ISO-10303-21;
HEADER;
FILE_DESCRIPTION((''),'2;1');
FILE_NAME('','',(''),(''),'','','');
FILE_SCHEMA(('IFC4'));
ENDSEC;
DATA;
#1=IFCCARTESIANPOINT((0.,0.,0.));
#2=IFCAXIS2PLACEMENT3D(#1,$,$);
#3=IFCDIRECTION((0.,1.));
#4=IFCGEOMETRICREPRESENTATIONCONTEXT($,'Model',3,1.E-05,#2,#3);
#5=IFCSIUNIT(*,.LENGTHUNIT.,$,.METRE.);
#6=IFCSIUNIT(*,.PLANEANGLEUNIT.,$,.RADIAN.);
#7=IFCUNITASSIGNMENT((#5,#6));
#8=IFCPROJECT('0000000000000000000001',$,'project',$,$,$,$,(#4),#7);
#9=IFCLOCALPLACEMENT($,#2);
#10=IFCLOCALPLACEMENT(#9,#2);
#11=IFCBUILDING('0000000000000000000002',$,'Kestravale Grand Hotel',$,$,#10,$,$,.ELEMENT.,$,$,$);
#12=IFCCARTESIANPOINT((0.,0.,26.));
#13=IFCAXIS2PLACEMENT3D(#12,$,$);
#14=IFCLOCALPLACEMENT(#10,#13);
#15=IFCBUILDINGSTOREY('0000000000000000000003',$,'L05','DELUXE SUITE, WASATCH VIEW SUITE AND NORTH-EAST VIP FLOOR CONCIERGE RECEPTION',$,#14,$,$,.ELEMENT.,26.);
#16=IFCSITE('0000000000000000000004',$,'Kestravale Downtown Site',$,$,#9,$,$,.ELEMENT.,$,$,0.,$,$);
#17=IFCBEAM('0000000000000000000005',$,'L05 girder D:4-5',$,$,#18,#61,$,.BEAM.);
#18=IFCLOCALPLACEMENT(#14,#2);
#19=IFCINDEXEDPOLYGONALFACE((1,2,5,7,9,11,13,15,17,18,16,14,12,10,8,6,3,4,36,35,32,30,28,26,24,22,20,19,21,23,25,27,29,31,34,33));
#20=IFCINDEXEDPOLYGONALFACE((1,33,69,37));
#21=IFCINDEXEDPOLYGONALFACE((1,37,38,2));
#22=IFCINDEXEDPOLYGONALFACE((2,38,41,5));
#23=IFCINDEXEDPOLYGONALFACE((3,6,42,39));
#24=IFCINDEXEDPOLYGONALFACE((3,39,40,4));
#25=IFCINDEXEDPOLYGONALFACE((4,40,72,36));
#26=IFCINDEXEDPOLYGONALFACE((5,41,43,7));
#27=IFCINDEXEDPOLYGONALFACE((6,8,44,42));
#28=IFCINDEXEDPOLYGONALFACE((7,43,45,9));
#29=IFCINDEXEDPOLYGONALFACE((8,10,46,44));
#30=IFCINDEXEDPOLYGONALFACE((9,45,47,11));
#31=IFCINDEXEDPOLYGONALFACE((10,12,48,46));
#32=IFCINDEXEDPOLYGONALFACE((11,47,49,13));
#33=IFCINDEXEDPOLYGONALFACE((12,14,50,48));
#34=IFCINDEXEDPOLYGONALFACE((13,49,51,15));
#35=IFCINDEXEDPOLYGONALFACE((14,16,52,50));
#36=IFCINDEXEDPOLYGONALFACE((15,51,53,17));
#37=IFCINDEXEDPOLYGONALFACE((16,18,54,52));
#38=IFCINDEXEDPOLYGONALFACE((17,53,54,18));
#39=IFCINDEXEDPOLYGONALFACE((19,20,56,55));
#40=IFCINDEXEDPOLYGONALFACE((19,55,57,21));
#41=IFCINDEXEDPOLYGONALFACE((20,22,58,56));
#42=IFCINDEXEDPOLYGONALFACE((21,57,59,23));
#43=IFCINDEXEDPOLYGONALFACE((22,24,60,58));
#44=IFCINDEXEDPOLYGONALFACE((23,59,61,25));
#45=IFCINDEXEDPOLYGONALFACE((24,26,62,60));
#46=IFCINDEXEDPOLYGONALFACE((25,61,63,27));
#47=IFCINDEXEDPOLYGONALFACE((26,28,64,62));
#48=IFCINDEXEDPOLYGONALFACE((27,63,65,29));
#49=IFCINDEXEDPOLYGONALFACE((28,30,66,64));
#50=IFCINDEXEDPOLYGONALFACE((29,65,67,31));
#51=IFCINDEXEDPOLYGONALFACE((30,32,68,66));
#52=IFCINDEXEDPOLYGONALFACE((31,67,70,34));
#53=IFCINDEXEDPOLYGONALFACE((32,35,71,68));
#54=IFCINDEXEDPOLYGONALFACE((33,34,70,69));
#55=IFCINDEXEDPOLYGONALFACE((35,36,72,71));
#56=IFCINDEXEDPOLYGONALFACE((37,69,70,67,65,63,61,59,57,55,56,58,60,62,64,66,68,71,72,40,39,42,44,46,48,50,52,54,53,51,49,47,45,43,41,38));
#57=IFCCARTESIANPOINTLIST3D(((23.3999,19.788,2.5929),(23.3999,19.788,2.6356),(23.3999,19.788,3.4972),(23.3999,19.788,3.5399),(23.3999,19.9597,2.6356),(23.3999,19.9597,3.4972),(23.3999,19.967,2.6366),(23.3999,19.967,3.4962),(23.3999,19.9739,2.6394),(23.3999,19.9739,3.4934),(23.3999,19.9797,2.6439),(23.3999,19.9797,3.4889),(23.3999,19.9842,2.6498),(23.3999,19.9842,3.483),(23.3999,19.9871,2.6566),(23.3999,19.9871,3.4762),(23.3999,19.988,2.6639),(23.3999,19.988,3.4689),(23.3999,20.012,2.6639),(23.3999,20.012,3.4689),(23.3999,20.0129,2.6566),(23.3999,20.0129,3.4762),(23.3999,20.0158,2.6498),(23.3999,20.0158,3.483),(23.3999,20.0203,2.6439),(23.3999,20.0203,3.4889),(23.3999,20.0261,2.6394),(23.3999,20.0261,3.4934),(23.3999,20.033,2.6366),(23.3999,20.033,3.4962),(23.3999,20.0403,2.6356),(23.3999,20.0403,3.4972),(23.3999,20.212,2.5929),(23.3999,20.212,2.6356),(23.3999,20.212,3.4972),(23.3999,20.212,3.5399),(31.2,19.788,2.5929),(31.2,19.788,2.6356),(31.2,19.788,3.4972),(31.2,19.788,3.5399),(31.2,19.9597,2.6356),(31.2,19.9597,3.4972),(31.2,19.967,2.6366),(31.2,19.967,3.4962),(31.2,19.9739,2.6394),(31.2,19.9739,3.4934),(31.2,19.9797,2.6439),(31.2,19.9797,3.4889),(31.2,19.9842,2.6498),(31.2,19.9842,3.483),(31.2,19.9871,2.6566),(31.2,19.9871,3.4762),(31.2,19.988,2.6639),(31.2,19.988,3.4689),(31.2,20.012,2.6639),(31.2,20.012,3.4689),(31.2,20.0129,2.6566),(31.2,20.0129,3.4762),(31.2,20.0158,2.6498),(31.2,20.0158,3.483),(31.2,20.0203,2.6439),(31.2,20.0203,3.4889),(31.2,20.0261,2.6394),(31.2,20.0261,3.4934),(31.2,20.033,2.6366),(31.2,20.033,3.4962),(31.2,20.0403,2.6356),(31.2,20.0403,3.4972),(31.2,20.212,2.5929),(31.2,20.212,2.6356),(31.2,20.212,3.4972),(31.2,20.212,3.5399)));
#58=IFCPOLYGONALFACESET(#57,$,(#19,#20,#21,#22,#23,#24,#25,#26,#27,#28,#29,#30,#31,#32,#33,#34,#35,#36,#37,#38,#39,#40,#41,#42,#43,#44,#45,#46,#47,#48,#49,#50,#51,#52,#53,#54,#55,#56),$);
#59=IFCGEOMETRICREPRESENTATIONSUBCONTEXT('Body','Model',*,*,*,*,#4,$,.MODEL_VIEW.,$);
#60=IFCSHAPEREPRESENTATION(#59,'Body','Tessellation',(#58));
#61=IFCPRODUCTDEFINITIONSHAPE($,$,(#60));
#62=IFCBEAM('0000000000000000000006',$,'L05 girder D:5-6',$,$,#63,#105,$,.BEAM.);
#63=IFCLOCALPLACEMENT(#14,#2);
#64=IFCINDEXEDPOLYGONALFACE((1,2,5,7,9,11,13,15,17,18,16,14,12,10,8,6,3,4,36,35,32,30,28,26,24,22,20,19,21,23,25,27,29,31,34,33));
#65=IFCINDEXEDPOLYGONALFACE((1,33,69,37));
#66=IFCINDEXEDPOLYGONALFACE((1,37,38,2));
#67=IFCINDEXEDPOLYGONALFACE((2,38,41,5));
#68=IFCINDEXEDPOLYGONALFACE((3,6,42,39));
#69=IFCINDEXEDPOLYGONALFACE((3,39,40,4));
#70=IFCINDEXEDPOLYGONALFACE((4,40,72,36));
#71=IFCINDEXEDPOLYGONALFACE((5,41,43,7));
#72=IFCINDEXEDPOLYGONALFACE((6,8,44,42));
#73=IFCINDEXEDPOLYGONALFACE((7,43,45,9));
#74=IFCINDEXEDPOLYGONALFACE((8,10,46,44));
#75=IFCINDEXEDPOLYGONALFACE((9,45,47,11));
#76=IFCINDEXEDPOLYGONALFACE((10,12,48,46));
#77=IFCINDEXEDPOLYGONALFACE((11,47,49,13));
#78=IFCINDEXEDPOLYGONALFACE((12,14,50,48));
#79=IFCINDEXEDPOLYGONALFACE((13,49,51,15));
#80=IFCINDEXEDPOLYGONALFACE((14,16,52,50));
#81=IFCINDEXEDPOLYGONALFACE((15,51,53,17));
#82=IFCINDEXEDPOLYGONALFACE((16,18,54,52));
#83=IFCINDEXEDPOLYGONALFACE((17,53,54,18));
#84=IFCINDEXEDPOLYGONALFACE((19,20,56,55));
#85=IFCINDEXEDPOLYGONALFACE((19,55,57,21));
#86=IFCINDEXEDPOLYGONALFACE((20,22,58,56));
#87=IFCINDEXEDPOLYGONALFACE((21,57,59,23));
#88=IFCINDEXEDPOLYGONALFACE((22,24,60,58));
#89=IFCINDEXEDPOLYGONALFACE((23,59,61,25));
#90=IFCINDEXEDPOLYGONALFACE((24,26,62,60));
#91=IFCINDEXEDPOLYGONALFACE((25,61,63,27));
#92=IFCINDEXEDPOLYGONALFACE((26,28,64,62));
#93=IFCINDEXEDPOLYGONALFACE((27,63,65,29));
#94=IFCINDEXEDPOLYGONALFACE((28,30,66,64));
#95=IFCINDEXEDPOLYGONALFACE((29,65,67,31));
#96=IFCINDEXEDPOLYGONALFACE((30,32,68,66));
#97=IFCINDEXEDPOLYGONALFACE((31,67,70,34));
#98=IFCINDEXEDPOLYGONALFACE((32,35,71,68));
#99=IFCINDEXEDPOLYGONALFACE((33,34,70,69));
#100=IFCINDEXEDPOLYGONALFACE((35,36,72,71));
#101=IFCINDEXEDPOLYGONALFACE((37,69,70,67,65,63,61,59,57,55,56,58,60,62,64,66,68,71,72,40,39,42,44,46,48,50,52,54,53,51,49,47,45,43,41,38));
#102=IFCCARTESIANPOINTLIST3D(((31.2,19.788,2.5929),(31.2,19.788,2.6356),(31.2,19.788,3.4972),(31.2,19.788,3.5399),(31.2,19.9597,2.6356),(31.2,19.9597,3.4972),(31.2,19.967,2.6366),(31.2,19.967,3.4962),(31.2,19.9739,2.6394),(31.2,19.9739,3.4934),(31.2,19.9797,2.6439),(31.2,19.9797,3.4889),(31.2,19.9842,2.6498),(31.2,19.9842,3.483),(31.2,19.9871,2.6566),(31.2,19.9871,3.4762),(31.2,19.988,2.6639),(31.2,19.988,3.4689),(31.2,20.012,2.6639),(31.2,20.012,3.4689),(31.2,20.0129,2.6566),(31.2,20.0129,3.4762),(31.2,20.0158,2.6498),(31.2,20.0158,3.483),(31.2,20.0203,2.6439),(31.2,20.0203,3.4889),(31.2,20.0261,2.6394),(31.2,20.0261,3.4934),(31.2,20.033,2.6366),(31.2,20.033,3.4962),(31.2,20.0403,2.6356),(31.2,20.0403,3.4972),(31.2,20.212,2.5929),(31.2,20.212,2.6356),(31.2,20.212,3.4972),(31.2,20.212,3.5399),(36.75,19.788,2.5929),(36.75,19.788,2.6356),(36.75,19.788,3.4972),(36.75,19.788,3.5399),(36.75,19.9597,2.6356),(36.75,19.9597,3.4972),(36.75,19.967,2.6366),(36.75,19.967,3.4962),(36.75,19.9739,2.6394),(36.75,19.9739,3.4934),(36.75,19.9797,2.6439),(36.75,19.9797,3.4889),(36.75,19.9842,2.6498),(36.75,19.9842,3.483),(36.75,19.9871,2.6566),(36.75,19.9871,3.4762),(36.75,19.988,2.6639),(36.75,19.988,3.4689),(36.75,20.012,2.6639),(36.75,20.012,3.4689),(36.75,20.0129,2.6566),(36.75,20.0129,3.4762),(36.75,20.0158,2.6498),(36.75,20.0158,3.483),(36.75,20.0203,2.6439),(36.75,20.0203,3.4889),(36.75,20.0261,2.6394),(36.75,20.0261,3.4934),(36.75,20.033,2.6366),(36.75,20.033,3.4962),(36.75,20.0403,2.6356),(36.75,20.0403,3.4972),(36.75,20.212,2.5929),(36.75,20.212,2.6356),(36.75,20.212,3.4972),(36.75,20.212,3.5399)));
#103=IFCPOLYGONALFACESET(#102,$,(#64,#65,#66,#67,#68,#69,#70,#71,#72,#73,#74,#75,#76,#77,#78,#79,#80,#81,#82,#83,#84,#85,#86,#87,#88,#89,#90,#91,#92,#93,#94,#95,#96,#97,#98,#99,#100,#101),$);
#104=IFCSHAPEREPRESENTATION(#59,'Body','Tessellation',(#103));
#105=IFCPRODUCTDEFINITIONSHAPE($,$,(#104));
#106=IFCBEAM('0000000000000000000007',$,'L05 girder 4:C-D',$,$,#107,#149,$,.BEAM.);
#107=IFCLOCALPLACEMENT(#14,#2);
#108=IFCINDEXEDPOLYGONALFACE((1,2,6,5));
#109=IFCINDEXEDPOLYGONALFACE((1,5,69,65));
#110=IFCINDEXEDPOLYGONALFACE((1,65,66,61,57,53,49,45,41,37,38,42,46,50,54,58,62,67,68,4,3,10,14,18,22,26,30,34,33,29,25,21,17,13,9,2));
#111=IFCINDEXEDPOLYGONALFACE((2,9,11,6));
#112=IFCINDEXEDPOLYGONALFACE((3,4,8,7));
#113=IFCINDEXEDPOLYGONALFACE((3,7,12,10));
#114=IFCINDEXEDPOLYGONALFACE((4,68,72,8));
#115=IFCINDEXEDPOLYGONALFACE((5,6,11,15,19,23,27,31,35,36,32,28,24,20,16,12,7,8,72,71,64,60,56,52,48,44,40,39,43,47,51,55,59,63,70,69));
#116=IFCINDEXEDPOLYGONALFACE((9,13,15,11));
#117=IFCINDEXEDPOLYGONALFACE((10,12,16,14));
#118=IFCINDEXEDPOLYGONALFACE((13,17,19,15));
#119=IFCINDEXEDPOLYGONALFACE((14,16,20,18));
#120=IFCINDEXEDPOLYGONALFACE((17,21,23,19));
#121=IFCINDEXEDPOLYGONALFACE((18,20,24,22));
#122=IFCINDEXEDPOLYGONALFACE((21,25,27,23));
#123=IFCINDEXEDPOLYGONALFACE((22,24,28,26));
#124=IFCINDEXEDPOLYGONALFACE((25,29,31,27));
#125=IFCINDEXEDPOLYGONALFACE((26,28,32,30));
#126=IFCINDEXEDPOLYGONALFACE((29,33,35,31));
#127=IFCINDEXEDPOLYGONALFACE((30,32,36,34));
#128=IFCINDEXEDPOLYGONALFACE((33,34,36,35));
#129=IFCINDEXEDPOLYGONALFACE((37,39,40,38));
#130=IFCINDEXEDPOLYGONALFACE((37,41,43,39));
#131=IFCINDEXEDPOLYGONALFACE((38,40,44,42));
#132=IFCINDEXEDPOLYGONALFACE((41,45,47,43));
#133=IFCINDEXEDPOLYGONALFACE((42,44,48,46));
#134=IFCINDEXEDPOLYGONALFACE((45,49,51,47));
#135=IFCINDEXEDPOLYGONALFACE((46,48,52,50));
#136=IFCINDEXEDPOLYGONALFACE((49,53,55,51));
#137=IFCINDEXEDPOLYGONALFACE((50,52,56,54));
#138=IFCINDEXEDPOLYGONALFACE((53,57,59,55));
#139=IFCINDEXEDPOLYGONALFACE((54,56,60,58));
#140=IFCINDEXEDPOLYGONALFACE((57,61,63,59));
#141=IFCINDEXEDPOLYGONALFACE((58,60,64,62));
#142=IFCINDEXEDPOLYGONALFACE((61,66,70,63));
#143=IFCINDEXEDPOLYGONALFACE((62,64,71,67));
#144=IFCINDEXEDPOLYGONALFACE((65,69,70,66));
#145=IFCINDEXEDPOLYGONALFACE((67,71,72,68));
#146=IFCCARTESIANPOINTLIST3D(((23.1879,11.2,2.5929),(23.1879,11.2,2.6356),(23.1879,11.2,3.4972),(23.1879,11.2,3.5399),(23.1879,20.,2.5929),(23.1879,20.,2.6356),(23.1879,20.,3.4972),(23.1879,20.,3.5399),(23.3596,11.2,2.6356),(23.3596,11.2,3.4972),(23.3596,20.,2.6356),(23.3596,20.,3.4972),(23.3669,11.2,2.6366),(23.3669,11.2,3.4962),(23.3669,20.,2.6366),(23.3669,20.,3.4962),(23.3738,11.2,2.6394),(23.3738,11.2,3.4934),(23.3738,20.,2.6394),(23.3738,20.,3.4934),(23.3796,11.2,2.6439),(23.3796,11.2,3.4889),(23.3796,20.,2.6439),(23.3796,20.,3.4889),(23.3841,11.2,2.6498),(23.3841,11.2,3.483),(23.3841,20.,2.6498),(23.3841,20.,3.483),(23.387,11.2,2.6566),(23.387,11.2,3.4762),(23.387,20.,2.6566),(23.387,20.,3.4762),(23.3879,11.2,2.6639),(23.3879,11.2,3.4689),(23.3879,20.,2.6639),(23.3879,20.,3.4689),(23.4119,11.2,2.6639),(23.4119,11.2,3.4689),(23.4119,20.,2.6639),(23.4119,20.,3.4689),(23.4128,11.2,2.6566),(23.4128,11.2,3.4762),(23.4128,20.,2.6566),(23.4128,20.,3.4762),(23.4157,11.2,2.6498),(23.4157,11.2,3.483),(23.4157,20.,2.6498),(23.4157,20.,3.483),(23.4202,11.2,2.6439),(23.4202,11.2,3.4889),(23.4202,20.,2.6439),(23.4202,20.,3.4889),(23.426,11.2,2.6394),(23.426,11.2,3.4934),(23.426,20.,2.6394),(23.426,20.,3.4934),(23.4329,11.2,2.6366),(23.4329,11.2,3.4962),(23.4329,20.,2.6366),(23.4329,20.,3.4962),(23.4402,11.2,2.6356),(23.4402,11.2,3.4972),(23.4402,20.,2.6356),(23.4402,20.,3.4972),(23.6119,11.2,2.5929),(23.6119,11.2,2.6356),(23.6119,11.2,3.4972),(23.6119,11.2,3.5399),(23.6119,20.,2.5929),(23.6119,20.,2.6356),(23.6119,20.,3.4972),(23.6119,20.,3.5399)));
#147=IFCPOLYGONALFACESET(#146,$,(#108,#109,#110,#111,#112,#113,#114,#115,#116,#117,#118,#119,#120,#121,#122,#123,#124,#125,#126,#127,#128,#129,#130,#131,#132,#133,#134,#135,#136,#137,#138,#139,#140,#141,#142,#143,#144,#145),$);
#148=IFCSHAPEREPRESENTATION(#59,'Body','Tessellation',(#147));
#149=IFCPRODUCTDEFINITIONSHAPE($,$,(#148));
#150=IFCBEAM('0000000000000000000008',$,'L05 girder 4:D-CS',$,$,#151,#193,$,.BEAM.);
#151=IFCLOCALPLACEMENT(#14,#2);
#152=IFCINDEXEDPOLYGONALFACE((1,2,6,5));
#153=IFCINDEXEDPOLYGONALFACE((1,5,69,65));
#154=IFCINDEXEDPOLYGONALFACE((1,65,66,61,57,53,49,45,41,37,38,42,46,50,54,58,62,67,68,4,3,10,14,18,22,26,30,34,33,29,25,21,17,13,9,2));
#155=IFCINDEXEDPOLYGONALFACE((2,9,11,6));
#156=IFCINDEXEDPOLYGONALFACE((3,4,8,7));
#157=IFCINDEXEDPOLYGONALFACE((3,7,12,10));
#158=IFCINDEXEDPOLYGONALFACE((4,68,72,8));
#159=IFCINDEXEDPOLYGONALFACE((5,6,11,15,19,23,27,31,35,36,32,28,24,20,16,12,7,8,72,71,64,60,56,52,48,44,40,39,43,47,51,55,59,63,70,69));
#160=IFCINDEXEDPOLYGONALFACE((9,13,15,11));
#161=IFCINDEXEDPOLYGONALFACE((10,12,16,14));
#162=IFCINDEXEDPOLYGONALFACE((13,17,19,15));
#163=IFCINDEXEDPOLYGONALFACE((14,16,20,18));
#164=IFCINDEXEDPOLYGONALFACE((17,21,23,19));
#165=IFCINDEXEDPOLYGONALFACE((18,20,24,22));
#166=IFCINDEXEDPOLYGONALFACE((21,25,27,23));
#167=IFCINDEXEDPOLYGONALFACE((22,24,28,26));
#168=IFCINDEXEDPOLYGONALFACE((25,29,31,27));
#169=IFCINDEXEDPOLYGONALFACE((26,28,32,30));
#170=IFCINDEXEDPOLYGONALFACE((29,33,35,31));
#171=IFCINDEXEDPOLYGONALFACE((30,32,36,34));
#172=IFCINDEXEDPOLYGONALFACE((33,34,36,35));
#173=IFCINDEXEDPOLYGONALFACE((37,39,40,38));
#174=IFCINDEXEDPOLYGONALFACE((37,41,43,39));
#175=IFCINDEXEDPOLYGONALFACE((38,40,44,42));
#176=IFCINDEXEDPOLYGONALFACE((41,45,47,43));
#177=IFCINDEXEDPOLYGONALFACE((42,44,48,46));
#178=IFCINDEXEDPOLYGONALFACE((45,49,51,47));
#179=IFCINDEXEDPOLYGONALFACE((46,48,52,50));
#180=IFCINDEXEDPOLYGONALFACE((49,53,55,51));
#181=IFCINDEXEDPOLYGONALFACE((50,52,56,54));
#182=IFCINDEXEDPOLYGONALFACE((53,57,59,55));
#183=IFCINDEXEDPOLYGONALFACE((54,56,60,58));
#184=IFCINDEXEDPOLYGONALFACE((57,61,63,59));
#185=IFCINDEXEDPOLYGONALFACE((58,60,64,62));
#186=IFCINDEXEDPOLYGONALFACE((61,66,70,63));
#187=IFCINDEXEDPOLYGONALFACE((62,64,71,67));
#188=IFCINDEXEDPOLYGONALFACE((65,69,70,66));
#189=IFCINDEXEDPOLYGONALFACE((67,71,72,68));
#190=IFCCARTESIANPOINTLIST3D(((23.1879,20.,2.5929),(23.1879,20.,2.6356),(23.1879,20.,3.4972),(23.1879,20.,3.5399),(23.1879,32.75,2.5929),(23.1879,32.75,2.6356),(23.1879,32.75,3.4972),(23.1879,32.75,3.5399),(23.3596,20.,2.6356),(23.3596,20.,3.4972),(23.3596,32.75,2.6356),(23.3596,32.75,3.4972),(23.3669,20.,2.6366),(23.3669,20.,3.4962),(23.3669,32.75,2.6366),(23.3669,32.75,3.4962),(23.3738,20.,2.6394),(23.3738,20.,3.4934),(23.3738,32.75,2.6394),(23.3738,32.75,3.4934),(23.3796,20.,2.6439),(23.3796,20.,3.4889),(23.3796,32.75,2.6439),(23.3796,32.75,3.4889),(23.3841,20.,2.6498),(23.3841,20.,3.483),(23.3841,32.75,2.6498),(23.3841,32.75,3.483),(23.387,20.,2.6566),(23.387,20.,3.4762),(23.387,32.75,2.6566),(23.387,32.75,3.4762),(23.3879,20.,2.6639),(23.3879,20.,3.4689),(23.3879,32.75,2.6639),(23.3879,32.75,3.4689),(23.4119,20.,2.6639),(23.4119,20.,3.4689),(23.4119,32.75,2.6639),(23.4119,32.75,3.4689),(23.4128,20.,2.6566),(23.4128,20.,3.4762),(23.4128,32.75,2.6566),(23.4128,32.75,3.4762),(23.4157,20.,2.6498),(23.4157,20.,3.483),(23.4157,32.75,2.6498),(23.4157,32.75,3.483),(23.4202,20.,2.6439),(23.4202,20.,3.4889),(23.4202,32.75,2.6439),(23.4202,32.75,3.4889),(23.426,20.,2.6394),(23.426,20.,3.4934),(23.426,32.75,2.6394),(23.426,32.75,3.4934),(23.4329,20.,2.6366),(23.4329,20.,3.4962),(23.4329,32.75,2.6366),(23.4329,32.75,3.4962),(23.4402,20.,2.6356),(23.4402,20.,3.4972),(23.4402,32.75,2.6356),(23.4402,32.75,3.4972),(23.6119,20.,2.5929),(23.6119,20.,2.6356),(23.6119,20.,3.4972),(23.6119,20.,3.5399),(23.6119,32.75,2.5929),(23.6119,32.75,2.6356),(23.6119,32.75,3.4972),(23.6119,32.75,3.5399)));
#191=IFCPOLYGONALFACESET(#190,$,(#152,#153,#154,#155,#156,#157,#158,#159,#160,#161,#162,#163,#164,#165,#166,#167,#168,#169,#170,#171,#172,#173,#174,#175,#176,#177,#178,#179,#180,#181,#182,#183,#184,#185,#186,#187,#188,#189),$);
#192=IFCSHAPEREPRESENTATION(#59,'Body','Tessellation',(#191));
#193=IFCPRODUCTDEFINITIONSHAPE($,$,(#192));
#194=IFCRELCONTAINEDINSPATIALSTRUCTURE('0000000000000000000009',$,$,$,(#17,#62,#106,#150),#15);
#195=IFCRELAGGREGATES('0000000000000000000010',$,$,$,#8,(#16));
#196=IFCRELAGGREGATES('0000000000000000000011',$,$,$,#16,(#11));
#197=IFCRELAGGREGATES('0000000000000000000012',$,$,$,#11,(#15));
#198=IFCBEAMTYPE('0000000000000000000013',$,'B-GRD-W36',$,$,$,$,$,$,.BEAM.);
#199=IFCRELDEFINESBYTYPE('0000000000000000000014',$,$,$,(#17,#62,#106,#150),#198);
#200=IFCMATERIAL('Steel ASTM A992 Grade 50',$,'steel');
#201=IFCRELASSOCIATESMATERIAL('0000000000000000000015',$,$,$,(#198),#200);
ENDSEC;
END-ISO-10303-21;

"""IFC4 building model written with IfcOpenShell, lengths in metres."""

from ifc_helpers import new_model, si_unit, direction, frame, origin, origin_2d, place, context, subcontext, project, spatial, i_section, extrude, material, material_profile, profile_set, type_object, element, save


model = new_model("IFC4")

# Units and contexts
model_context = context("Model", 3, precision=1e-05, world=origin(), true_north=direction((0.0, 1.0)))
body_context = subcontext(model_context, "Body", "Model", "MODEL_VIEW")
ifc_project = project(units=[si_unit("LENGTHUNIT", "METRE"), si_unit("PLANEANGLEUNIT", "RADIAN")], contexts=[model_context])

# Site, building, storey
site_placement = place(None, origin())
site = spatial("IfcSite", under=ifc_project, at=site_placement, Name="Kestravale Downtown Site", CompositionType="ELEMENT", RefElevation=0.0)
building_placement = place(site_placement, origin())
building = spatial("IfcBuilding", under=site, at=building_placement, Name="Kestravale Grand Hotel", CompositionType="ELEMENT")
storey_placement = place(building_placement, frame((0.0, 0.0, 26.0)))
storey = spatial("IfcBuildingStorey", under=building, at=storey_placement, Name="L05", Description="DELUXE SUITE, WASATCH VIEW SUITE AND NORTH-EAST VIP FLOOR CONCIERGE RECEPTION", CompositionType="ELEMENT", Elevation=26.0)

# Beams
ifc_material_1 = material(Name="Steel ASTM A992 Grade 50", Category="steel")
ifc_material_profile_1 = material_profile(ifc_material_1, i_section(OverallWidth=0.4241, OverallDepth=0.947, WebThickness=0.0239, FlangeThickness=0.0427, FilletRadius=0.0283, at=origin_2d()))
ifc_profile_set_1 = profile_set([ifc_material_profile_1], Name="Steel ASTM A992 Grade 50")
beam_type_1 = type_object("IfcBeamType", Name="B-GRD-W36", PredefinedType="BEAM", material=ifc_profile_set_1)
for number, where, z_axis, x_axis, name in (
    (1, (23.3999, 20.0, 3.0664), (1.0, 0.0, 0.0), (0.0, 1.0, 0.0), "L05 girder D:4-5"),
):
    element("IfcBeam", number, at=place(storey_placement, frame(where, z_axis=z_axis, x_axis=x_axis)), inside=storey, type_object=beam_type_1, Name=name, PredefinedType="BEAM", context=body_context, shape_type="SweptSolid", body=[
        extrude(i_section(OverallWidth=0.4241, OverallDepth=0.947, WebThickness=0.0239, FlangeThickness=0.0427, FilletRadius=0.0283, at=origin_2d()), origin(), (0.0, 0.0, 1.0), 7.8),
    ])
beam_1_placement = place(storey_placement, frame((31.2, 20.0, 3.0664), z_axis=(1.0, 0.0, 0.0), x_axis=(0.0, 1.0, 0.0)))
element("IfcBeam", 2, at=beam_1_placement, inside=storey, type_object=beam_type_1, Name="L05 girder D:5-6", PredefinedType="BEAM", context=body_context, shape_type="SweptSolid", body=[
    extrude(i_section(OverallWidth=0.4241, OverallDepth=0.947, WebThickness=0.0239, FlangeThickness=0.0427, FilletRadius=0.0283, at=origin_2d()), origin(), (0.0, 0.0, 1.0), 5.55),
])
beam_2_placement = place(storey_placement, frame((23.3999, 11.2, 3.0664), z_axis=(0.0, 1.0, 0.0), x_axis=(-1.0, 0.0, 0.0)))
element("IfcBeam", 3, at=beam_2_placement, inside=storey, type_object=beam_type_1, Name="L05 girder 4:C-D", PredefinedType="BEAM", context=body_context, shape_type="SweptSolid", body=[
    extrude(i_section(OverallWidth=0.4241, OverallDepth=0.947, WebThickness=0.0239, FlangeThickness=0.0427, FilletRadius=0.0283, at=origin_2d()), origin(), (0.0, 0.0, 1.0), 8.8),
])
beam_3_placement = place(storey_placement, frame((23.3999, 20.0, 3.0664), z_axis=(0.0, 1.0, 0.0), x_axis=(-1.0, 0.0, 0.0)))
element("IfcBeam", 4, at=beam_3_placement, inside=storey, type_object=beam_type_1, Name="L05 girder 4:D-CS", PredefinedType="BEAM", context=body_context, shape_type="SweptSolid", body=[
    extrude(i_section(OverallWidth=0.4241, OverallDepth=0.947, WebThickness=0.0239, FlangeThickness=0.0427, FilletRadius=0.0283, at=origin_2d()), origin(), (0.0, 0.0, 1.0), 12.75),
])

save(model, "model.ifc")
